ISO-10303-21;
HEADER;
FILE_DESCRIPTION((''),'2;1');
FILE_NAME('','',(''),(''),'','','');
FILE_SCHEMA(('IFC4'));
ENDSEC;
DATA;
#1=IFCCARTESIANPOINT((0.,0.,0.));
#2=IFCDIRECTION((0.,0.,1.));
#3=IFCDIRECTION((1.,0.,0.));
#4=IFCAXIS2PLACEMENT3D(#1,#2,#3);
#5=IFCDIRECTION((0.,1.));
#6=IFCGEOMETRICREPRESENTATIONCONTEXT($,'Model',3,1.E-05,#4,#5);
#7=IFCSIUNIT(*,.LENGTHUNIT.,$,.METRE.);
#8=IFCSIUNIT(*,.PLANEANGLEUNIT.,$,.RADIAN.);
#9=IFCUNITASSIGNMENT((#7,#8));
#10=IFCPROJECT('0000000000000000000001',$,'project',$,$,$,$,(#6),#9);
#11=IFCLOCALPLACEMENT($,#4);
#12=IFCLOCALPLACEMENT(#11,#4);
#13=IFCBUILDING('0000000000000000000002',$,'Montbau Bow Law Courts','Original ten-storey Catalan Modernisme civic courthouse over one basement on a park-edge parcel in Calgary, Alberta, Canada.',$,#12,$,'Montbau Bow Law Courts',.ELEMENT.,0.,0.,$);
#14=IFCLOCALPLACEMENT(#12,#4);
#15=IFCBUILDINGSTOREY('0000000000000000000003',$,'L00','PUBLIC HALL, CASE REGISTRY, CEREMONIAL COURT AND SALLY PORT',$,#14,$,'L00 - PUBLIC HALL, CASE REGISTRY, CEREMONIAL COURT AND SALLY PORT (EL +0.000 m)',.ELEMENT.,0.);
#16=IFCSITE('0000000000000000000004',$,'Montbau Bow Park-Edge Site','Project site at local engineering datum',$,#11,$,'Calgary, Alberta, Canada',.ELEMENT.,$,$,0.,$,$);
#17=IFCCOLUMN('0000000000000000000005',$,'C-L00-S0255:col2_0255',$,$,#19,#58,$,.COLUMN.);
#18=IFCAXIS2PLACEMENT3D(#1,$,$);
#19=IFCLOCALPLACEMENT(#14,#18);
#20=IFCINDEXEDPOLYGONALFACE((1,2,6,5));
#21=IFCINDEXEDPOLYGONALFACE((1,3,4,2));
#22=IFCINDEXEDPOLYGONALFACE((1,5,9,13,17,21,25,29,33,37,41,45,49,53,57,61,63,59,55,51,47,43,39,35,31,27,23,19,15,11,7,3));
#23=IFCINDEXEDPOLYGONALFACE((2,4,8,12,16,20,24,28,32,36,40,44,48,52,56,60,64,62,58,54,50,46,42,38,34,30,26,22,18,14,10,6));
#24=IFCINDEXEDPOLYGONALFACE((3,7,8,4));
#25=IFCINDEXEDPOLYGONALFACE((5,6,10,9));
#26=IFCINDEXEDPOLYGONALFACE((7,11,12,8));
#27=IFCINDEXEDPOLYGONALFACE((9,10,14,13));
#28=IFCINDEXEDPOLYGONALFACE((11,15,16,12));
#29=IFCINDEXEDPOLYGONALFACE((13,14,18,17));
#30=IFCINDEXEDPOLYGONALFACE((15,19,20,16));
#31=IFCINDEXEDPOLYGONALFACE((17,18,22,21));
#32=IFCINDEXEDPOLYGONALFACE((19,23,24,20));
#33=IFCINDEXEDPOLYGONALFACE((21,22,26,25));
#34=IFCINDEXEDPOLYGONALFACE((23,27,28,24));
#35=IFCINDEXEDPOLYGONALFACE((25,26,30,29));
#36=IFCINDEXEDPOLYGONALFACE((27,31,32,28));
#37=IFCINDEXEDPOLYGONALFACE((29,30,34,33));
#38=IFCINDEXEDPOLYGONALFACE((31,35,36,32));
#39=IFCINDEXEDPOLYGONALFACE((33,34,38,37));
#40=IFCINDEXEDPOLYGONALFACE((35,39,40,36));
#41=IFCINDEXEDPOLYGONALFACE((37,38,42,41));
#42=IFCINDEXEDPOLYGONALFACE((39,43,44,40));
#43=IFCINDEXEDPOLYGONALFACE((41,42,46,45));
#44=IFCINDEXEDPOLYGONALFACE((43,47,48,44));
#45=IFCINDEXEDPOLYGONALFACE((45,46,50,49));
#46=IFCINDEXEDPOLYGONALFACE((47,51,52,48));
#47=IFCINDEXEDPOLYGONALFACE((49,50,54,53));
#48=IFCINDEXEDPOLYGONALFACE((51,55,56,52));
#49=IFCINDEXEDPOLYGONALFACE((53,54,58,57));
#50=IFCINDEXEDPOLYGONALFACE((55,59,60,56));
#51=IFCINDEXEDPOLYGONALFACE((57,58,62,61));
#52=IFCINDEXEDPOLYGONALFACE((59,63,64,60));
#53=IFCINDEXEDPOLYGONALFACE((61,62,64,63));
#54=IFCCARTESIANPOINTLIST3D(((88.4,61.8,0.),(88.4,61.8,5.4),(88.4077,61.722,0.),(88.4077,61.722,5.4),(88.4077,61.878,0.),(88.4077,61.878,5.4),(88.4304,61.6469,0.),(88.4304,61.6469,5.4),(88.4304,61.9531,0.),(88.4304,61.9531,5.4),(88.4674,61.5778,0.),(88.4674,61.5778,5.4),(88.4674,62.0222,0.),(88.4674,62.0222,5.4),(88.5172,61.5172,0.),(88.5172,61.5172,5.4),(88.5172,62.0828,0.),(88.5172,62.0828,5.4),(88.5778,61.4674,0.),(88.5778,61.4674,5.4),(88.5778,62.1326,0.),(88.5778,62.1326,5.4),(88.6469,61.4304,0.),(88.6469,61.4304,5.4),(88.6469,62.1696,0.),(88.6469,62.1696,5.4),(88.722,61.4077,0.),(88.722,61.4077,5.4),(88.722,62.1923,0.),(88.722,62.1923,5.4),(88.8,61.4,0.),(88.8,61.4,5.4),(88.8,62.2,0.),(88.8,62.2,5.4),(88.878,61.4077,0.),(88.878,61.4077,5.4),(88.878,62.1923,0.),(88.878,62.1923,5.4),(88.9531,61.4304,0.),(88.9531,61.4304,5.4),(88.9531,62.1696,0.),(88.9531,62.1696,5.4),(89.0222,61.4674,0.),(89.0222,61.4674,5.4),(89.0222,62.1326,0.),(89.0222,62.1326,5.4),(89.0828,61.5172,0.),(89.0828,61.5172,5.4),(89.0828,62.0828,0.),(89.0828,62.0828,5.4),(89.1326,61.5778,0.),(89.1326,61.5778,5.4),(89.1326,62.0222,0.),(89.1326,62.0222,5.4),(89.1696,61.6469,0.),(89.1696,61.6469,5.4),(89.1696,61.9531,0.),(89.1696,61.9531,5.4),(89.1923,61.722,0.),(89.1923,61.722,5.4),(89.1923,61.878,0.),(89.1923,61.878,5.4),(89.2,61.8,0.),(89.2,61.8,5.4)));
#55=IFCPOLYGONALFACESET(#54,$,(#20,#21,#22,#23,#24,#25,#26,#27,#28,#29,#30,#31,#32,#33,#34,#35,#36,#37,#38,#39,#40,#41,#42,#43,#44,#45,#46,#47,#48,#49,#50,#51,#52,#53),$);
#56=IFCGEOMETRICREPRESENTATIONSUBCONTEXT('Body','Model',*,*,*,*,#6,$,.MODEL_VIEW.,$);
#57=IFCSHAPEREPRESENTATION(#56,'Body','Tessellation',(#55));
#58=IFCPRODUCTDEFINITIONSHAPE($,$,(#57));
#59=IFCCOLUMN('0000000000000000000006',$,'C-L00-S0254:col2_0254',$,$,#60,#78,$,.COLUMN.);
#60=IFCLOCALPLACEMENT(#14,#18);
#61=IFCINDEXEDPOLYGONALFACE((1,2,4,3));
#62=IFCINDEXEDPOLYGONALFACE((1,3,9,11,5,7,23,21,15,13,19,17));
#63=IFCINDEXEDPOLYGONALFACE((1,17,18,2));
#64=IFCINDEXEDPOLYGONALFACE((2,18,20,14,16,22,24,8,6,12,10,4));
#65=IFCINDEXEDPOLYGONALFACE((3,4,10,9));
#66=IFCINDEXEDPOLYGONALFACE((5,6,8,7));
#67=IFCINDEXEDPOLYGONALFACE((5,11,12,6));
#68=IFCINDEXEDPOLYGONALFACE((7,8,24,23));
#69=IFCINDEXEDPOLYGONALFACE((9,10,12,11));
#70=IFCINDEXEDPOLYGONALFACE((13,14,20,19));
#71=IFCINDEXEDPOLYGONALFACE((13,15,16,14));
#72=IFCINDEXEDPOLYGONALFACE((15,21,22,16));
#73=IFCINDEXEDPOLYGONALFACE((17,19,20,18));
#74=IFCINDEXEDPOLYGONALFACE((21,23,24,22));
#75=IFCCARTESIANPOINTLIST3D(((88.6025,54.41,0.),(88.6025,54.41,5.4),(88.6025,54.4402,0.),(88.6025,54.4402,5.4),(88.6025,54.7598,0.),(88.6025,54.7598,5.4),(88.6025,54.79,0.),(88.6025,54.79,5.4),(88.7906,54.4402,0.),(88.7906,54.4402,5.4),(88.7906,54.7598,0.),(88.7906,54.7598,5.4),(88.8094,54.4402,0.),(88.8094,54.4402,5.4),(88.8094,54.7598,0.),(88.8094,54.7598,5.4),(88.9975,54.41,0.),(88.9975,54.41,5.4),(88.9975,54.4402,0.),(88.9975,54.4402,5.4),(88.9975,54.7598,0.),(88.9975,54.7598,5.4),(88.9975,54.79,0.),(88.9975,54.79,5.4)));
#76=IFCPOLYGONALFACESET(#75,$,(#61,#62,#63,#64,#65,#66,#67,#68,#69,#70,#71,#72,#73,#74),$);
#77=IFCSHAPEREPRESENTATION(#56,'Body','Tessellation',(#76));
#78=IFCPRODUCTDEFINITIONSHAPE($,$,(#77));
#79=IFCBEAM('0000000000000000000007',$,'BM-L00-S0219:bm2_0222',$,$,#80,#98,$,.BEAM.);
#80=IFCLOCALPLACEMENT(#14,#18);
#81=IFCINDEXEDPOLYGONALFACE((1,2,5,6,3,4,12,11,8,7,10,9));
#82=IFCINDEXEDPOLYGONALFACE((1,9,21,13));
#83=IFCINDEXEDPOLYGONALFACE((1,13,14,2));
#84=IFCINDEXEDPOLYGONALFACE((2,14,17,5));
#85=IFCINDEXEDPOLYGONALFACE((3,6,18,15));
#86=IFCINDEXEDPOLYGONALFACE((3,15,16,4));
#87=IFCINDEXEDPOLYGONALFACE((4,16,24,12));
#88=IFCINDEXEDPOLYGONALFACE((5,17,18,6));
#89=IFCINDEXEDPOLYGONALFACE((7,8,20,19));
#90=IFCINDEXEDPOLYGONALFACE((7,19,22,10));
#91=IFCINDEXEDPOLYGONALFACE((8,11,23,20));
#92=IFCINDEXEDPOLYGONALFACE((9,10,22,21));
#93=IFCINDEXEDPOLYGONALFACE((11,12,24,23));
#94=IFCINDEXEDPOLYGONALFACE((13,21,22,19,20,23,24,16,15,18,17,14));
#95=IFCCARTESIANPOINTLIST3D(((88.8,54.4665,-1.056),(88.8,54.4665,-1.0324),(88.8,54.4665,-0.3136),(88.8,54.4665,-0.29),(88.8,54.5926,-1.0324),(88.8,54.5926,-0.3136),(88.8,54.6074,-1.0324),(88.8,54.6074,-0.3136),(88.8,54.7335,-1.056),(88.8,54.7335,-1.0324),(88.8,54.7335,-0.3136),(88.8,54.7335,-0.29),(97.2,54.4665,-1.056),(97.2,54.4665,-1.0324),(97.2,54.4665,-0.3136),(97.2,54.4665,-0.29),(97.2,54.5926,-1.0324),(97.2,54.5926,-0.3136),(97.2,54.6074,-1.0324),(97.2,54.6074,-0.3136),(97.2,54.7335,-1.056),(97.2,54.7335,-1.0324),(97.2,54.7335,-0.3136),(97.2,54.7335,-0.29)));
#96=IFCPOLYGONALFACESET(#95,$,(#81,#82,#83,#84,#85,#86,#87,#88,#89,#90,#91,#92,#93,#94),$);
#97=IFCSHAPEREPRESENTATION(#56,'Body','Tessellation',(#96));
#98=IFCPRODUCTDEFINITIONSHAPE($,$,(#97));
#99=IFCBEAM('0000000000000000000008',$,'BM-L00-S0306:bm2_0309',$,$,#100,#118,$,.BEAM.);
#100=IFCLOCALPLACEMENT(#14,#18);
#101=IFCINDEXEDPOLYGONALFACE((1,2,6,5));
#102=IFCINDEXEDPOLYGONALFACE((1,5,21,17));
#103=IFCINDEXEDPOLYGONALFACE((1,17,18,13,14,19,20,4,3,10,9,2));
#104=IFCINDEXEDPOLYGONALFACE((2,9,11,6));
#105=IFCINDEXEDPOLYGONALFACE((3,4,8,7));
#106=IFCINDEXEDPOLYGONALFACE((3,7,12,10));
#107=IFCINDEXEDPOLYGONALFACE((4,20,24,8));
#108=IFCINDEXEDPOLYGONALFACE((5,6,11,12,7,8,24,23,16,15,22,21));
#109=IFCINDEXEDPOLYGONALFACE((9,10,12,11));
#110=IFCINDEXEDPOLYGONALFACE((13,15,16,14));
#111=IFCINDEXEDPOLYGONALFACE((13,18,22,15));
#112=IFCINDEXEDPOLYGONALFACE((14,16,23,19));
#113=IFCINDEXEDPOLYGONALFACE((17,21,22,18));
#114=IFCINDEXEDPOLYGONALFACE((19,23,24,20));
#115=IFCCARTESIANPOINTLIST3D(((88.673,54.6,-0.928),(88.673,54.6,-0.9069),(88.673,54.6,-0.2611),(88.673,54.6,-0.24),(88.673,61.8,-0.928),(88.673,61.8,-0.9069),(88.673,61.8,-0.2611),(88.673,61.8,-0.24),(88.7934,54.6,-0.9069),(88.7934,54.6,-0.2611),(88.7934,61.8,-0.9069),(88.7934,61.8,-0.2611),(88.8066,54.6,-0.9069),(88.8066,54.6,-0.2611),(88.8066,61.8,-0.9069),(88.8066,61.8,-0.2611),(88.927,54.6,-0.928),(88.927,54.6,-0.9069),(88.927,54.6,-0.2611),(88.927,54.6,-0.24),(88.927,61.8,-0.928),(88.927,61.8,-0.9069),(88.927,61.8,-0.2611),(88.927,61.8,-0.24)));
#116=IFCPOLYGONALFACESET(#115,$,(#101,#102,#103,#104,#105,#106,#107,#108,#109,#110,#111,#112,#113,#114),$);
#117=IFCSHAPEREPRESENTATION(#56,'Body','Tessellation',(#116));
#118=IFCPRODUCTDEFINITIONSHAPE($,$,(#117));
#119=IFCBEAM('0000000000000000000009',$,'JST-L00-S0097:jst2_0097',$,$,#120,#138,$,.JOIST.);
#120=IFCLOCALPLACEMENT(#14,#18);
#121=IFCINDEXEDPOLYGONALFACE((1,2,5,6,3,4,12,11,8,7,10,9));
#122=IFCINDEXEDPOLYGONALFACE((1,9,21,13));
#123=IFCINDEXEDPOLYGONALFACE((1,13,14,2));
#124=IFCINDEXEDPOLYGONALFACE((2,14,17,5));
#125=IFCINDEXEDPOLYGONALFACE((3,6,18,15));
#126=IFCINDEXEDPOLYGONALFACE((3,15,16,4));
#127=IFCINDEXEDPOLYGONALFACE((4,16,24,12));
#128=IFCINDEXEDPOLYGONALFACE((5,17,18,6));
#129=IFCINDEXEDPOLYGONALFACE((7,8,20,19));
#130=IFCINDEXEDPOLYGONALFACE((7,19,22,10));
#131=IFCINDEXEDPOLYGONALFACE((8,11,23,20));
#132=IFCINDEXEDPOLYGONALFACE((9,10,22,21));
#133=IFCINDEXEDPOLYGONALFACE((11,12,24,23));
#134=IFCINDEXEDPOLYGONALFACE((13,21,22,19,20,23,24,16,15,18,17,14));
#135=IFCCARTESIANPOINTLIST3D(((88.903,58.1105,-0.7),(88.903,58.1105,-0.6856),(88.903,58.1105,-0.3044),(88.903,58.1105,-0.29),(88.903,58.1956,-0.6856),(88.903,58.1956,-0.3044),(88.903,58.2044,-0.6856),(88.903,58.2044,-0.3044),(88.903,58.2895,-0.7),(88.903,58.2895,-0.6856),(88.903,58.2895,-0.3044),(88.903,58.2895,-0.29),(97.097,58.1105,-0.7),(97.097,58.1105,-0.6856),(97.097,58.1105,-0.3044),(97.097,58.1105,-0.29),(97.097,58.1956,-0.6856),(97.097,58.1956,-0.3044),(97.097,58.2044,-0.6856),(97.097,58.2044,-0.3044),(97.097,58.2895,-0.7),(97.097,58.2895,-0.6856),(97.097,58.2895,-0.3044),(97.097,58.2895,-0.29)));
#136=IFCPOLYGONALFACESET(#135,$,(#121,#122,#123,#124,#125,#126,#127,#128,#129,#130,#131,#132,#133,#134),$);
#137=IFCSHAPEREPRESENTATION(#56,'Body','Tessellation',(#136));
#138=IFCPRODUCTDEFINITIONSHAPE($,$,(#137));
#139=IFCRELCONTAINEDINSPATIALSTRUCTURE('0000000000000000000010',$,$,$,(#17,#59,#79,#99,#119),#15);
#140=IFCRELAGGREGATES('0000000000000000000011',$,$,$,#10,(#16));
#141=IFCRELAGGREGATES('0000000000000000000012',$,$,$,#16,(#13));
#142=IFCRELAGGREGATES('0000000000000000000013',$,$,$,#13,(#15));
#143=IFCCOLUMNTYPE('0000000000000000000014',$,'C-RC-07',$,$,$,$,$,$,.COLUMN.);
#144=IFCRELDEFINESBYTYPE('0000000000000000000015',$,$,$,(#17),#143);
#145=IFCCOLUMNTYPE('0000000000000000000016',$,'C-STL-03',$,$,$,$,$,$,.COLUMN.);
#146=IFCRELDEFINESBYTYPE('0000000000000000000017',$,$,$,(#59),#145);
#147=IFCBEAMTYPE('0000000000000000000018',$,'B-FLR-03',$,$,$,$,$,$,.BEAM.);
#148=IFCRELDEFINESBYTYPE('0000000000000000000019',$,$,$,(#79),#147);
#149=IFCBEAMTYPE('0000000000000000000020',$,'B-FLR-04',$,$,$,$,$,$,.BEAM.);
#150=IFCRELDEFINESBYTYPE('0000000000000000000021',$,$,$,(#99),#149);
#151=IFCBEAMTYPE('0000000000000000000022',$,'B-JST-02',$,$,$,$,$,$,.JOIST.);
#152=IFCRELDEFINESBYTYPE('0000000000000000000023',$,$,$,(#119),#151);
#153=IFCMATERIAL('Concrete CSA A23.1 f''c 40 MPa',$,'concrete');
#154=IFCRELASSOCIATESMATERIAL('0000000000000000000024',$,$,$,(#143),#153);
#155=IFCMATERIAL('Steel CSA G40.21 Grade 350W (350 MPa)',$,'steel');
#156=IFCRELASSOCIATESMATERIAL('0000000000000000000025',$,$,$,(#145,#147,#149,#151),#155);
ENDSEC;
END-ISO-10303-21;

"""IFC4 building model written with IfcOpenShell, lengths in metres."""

from ifc_helpers import new_model, si_unit, direction, frame, origin_with_axes, origin_2d_with_axis, place, context, subcontext, project, spatial, circle, i_section, extrude, material, material_profile, profile_set, type_object, element, save


model = new_model("IFC4")

# Units and contexts
model_context = context("Model", 3, precision=1e-05, world=origin_with_axes(), true_north=direction((0.0, 1.0)))
body_context = subcontext(model_context, "Body", "Model", "MODEL_VIEW")
ifc_project = project(units=[si_unit("LENGTHUNIT", "METRE"), si_unit("PLANEANGLEUNIT", "RADIAN")], contexts=[model_context])

# Site, building, storey
site_placement = place(None, origin_with_axes())
site = spatial("IfcSite", under=ifc_project, at=site_placement, Name="Montbau Bow Park-Edge Site", Description="Project site at local engineering datum", LongName="Calgary, Alberta, Canada", CompositionType="ELEMENT", RefElevation=0.0)
building_placement = place(site_placement, origin_with_axes())
building = spatial("IfcBuilding", under=site, at=building_placement, Name="Montbau Bow Law Courts", Description="Original ten-storey Catalan Modernisme civic courthouse over one basement on a park-edge parcel in Calgary, Alberta, Canada.", LongName="Montbau Bow Law Courts", CompositionType="ELEMENT", ElevationOfRefHeight=0.0, ElevationOfTerrain=0.0)
storey_placement = place(building_placement, origin_with_axes())
storey = spatial("IfcBuildingStorey", under=building, at=storey_placement, Name="L00", Description="PUBLIC HALL, CASE REGISTRY, CEREMONIAL COURT AND SALLY PORT", LongName="L00 - PUBLIC HALL, CASE REGISTRY, CEREMONIAL COURT AND SALLY PORT (EL +0.000 m)", CompositionType="ELEMENT", Elevation=0.0)

# Columns
ifc_material_1 = material(Name="Concrete CSA A23.1 f'c 40 MPa", Category="concrete")
ifc_material_profile_1 = material_profile(ifc_material_1, circle(Radius=0.4, at=origin_2d_with_axis()), Name="RC800D", Category="Main", Priority=0)
ifc_profile_set_1 = profile_set([ifc_material_profile_1], Name="Concrete CSA A23.1 f'c 40 MPa")
column_type_1 = type_object("IfcColumnType", Name="C-RC-07", PredefinedType="COLUMN", material=ifc_profile_set_1)
column_1_placement = place(None, frame((88.8, 61.8, 0.0), z_axis=(0.0, 0.0, 1.0), x_axis=(1.0, 0.0, 0.0)))
element("IfcColumn", 1, at=column_1_placement, inside=storey, type_object=column_type_1, Name="C-L00-S0255:col2_0255", PredefinedType="COLUMN", context=body_context, shape_type="SweptSolid", body=[
    extrude(circle(Radius=0.4, at=origin_2d_with_axis()), origin_with_axes(), (0.0, 0.0, 1.0), 5.4),
])
ifc_material_2 = material(Name="Steel CSA G40.21 Grade 350W (350 MPa)", Category="steel")
ifc_material_profile_2 = material_profile(ifc_material_2, i_section(OverallWidth=0.395, OverallDepth=0.38, WebThickness=0.0189, FlangeThickness=0.0302, at=origin_2d_with_axis()), Name="W360X237", Category="Main", Priority=0)
ifc_profile_set_2 = profile_set([ifc_material_profile_2], Name="Steel CSA G40.21 Grade 350W (350 MPa)")
column_type_2 = type_object("IfcColumnType", Name="C-STL-03", PredefinedType="COLUMN", material=ifc_profile_set_2)
column_2_placement = place(None, frame((88.8, 54.6, 0.0), z_axis=(0.0, 0.0, 1.0), x_axis=(1.0, 0.0, 0.0)))
element("IfcColumn", 2, at=column_2_placement, inside=storey, type_object=column_type_2, Name="C-L00-S0254:col2_0254", PredefinedType="COLUMN", context=body_context, shape_type="SweptSolid", body=[
    extrude(i_section(OverallWidth=0.395, OverallDepth=0.38, WebThickness=0.0189, FlangeThickness=0.0302, at=origin_2d_with_axis()), origin_with_axes(), (0.0, 0.0, 1.0), 5.4),
])

# Beams
ifc_material_profile_3 = material_profile(ifc_material_2, i_section(OverallWidth=0.267, OverallDepth=0.766, WebThickness=0.0149, FlangeThickness=0.0236, at=origin_2d_with_axis()), Name="W760X185", Category="Main", Priority=0)
ifc_profile_set_3 = profile_set([ifc_material_profile_3], Name="Steel CSA G40.21 Grade 350W (350 MPa)")
beam_type_1 = type_object("IfcBeamType", Name="B-FLR-03", PredefinedType="BEAM", material=ifc_profile_set_3)
beam_1_placement = place(None, frame((88.8, 54.6, -0.673), z_axis=(1.0, 0.0, 0.0), x_axis=(0.0, 1.0, 0.0)))
element("IfcBeam", 3, at=beam_1_placement, inside=storey, type_object=beam_type_1, Name="BM-L00-S0219:bm2_0222", PredefinedType="BEAM", context=body_context, shape_type="SweptSolid", body=[
    extrude(i_section(OverallWidth=0.267, OverallDepth=0.766, WebThickness=0.0149, FlangeThickness=0.0236, at=origin_2d_with_axis()), origin_with_axes(), (0.0, 0.0, 1.0), 8.4),
])
ifc_material_profile_4 = material_profile(ifc_material_2, i_section(OverallWidth=0.254, OverallDepth=0.688, WebThickness=0.0131, FlangeThickness=0.0211, at=origin_2d_with_axis()), Name="W690X152", Category="Main", Priority=0)
ifc_profile_set_4 = profile_set([ifc_material_profile_4], Name="Steel CSA G40.21 Grade 350W (350 MPa)")
beam_type_2 = type_object("IfcBeamType", Name="B-FLR-04", PredefinedType="BEAM", material=ifc_profile_set_4)
beam_2_placement = place(None, frame((88.8, 54.6, -0.584), z_axis=(0.0, 1.0, 0.0), x_axis=(-1.0, 0.0, 0.0)))
element("IfcBeam", 4, at=beam_2_placement, inside=storey, type_object=beam_type_2, Name="BM-L00-S0306:bm2_0309", PredefinedType="BEAM", context=body_context, shape_type="SweptSolid", body=[
    extrude(i_section(OverallWidth=0.254, OverallDepth=0.688, WebThickness=0.0131, FlangeThickness=0.0211, at=origin_2d_with_axis()), origin_with_axes(), (0.0, 0.0, 1.0), 7.2),
])
ifc_material_profile_5 = material_profile(ifc_material_2, i_section(OverallWidth=0.179, OverallDepth=0.41, WebThickness=0.0088, FlangeThickness=0.0144, at=origin_2d_with_axis()), Name="W410X67", Category="Main", Priority=0)
ifc_profile_set_5 = profile_set([ifc_material_profile_5], Name="Steel CSA G40.21 Grade 350W (350 MPa)")
beam_type_3 = type_object("IfcBeamType", Name="B-JST-02", PredefinedType="JOIST", material=ifc_profile_set_5)
beam_3_placement = place(None, frame((88.903, 58.2, -0.495), z_axis=(1.0, 0.0, 0.0), x_axis=(0.0, 1.0, 0.0)))
element("IfcBeam", 5, at=beam_3_placement, inside=storey, type_object=beam_type_3, Name="JST-L00-S0097:jst2_0097", PredefinedType="JOIST", context=body_context, shape_type="SweptSolid", body=[
    extrude(i_section(OverallWidth=0.179, OverallDepth=0.41, WebThickness=0.0088, FlangeThickness=0.0144, at=origin_2d_with_axis()), origin_with_axes(), (0.0, 0.0, 1.0), 8.194),
])

save(model, "model.ifc")
